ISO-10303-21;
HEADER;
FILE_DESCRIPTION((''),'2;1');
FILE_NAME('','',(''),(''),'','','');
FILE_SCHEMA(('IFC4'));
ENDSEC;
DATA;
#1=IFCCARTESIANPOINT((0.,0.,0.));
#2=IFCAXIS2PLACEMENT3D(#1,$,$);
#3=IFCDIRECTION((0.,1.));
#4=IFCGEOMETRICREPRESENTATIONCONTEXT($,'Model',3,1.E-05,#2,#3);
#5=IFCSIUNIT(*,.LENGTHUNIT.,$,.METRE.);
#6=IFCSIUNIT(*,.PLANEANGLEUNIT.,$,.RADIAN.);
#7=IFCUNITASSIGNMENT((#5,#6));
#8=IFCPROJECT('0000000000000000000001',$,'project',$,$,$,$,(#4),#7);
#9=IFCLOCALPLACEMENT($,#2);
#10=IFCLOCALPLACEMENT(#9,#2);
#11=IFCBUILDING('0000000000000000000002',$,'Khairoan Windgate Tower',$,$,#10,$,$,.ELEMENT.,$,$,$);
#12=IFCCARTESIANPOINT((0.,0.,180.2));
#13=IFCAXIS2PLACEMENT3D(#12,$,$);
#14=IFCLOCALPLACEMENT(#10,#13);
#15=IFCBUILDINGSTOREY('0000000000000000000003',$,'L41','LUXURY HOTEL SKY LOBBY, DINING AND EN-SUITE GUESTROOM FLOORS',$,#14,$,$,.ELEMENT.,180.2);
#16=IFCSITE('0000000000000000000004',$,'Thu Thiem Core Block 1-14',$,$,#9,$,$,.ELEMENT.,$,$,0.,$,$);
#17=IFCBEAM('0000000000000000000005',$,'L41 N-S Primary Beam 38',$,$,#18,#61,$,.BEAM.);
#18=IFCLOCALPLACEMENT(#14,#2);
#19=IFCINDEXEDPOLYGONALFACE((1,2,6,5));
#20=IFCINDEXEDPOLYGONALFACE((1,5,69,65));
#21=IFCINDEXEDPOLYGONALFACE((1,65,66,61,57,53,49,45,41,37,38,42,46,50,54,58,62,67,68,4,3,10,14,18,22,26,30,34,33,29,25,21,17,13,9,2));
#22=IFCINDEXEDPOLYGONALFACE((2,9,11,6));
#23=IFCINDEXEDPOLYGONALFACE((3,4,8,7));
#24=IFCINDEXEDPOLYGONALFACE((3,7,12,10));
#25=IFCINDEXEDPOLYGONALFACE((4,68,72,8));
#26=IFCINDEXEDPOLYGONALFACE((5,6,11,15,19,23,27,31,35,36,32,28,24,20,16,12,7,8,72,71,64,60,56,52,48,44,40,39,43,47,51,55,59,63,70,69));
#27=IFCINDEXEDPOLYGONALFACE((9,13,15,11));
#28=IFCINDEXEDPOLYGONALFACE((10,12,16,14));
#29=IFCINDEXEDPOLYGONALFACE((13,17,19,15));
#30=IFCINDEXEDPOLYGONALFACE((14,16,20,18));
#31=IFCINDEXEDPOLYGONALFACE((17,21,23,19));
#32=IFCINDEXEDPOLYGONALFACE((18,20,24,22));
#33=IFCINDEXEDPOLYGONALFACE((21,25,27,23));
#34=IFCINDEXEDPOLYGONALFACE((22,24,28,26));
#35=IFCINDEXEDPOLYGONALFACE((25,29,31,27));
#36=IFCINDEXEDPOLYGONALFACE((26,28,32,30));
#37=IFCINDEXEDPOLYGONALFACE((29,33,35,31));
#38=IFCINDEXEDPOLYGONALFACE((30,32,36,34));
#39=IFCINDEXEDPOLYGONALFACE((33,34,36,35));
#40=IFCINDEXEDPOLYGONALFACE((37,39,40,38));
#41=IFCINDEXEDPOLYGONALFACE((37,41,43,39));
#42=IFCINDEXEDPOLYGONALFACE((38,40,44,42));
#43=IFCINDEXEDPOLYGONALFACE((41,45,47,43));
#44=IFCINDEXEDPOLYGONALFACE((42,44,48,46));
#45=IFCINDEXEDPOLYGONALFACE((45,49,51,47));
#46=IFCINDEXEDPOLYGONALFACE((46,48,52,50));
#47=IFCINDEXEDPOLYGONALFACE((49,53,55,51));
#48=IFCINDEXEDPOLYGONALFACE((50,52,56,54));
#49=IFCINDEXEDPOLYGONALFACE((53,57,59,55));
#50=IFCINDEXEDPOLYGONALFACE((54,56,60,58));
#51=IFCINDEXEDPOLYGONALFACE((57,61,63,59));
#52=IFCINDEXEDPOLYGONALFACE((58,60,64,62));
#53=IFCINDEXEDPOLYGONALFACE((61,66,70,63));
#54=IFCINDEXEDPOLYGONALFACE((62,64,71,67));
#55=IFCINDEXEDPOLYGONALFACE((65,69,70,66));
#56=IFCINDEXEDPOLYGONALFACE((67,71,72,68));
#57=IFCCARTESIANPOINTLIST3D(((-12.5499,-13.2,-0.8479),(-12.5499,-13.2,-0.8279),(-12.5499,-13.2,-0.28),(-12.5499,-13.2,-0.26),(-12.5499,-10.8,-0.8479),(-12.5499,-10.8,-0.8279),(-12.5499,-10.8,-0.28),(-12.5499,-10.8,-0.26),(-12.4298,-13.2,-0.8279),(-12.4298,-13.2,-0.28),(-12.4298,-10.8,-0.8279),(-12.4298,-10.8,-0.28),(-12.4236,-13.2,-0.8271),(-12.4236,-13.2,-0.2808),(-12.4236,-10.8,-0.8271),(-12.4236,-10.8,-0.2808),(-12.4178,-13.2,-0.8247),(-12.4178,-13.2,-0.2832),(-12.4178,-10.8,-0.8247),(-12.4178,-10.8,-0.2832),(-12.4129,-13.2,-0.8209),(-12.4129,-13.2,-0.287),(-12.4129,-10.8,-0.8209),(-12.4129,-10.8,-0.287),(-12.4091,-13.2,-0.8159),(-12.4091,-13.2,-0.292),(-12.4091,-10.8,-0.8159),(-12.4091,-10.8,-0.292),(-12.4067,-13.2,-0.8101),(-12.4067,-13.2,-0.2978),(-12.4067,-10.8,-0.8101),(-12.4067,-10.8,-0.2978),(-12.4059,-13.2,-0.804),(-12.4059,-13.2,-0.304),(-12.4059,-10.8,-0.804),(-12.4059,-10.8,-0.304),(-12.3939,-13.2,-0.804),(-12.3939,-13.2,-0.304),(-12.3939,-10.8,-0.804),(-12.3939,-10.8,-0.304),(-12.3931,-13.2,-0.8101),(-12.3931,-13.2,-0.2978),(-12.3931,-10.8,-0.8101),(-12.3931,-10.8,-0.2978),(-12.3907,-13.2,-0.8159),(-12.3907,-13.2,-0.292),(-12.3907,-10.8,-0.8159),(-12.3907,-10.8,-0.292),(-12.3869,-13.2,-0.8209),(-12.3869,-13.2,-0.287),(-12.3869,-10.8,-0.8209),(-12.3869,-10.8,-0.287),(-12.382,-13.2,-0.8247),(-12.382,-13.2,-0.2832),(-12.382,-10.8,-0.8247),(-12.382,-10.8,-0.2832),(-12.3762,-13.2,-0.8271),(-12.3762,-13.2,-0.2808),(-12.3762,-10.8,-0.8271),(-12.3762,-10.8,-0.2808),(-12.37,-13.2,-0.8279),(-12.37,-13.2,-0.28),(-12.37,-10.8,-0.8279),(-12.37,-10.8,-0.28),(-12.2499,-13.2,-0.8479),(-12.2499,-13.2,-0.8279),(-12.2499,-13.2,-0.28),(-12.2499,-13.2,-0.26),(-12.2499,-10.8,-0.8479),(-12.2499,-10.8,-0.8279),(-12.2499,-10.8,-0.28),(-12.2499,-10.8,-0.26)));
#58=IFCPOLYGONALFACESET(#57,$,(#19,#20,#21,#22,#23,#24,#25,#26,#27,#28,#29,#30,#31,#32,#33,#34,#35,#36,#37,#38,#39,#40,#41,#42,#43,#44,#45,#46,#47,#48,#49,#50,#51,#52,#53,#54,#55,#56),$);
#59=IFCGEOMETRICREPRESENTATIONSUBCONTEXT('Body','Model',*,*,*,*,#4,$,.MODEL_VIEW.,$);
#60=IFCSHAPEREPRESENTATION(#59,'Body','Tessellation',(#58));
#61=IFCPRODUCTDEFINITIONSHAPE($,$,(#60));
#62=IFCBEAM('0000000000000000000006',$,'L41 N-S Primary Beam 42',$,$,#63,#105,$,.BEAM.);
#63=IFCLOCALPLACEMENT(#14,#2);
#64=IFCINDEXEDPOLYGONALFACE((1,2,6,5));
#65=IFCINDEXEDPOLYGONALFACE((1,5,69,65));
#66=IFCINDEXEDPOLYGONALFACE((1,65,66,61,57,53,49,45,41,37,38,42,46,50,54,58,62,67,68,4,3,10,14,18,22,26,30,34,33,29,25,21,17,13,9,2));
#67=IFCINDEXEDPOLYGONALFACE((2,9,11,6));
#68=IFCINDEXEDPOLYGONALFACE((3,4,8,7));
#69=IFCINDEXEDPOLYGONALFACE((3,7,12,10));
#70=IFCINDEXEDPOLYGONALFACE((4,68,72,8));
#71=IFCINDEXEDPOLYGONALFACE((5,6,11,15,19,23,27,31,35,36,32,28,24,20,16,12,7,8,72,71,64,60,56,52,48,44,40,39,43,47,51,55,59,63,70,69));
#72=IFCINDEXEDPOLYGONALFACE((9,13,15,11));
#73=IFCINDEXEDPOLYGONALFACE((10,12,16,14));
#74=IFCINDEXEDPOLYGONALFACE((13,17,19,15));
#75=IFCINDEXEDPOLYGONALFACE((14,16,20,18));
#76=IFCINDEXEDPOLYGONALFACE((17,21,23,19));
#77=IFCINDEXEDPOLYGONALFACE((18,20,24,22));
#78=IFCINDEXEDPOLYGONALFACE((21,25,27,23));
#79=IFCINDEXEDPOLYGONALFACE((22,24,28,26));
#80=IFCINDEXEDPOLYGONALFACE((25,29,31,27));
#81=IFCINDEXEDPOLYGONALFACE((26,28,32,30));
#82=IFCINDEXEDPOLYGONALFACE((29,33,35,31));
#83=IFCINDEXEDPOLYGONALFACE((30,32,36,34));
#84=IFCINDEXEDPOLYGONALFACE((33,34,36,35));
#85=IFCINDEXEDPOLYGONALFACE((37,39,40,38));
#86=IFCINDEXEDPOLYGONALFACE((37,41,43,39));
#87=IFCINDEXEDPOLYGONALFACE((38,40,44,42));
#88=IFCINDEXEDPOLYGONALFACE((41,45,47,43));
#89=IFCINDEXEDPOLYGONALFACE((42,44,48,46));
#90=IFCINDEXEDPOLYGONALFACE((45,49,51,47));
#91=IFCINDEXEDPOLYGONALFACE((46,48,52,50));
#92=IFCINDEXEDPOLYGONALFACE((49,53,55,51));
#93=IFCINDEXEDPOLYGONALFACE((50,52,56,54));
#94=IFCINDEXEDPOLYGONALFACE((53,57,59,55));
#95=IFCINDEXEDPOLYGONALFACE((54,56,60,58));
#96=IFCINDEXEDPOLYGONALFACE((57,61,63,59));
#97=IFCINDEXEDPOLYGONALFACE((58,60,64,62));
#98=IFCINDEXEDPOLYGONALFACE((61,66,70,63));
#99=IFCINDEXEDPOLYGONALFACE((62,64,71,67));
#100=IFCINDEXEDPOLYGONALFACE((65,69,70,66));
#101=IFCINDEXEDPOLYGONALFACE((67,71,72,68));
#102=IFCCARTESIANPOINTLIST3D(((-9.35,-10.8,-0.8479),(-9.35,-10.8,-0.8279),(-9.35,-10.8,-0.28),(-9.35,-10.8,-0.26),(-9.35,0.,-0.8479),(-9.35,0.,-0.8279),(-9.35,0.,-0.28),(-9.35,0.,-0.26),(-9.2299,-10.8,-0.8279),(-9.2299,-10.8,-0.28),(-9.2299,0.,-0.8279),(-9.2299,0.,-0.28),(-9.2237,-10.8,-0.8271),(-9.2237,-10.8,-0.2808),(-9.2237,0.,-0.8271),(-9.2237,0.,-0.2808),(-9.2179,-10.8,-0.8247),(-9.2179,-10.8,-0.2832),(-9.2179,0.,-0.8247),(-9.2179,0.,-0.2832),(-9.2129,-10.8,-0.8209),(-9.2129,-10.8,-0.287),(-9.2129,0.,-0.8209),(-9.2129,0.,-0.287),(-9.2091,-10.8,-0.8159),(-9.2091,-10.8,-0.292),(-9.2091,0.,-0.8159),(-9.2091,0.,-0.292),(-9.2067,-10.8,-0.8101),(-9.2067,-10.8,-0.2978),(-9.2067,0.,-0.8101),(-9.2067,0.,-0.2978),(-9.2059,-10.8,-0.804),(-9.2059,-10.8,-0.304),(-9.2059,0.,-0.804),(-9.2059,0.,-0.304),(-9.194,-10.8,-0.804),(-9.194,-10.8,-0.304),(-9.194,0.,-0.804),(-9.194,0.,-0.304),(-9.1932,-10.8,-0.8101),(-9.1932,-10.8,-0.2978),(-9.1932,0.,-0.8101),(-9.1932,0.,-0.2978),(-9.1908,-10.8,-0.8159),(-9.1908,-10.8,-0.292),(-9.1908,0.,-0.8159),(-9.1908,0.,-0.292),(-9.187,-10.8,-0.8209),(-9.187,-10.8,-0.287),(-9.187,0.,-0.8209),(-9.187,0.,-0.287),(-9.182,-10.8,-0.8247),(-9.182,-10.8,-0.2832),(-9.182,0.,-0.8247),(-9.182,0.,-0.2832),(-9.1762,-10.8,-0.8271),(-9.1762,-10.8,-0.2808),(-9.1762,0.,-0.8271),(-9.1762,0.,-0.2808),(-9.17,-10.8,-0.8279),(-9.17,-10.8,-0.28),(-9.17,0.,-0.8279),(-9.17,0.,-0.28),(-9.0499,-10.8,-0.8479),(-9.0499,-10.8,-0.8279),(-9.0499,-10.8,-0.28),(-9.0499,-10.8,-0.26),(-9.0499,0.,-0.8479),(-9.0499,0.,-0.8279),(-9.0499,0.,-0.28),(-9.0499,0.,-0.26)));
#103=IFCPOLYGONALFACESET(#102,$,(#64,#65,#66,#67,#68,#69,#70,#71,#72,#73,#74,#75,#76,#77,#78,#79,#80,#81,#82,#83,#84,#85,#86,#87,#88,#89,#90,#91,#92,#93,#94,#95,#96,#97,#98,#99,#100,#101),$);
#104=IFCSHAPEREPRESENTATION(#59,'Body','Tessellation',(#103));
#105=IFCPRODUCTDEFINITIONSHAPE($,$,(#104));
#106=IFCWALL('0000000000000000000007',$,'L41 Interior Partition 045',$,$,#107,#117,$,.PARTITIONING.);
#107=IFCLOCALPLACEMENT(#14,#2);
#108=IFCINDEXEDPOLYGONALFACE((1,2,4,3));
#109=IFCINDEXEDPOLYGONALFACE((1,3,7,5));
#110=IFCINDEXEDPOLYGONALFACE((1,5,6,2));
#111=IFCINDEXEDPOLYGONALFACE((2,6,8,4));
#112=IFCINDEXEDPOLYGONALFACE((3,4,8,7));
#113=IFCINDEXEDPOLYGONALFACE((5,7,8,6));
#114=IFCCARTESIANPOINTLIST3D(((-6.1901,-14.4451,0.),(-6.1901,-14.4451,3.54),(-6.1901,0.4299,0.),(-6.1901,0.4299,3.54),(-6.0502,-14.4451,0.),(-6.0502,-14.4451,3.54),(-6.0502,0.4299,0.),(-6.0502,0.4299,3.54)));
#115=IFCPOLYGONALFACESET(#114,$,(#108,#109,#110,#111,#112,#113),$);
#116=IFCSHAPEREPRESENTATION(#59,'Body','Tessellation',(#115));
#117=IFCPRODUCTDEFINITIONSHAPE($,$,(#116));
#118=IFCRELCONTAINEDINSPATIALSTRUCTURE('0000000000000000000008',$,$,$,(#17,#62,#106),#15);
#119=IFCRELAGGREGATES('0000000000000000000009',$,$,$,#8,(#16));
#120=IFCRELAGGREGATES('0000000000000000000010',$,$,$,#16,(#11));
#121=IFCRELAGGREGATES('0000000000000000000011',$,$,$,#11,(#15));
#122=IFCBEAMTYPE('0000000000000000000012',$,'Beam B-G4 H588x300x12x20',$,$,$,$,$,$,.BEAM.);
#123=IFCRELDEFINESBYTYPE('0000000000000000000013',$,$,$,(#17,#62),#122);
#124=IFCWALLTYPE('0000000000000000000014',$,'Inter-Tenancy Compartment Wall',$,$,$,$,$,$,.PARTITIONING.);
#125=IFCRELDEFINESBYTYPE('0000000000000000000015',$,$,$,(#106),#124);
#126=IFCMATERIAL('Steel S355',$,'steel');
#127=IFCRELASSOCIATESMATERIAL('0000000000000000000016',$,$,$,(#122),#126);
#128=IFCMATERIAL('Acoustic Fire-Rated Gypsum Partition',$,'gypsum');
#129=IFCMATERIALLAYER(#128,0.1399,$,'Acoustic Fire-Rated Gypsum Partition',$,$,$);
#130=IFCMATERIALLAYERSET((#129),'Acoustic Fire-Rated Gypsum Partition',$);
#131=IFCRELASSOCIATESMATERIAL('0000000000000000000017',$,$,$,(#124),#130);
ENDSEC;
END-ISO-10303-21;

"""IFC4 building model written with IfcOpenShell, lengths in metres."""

from ifc_helpers import new_model, si_unit, direction, frame, frame_2d, origin, origin_2d, place, context, subcontext, project, spatial, rectangle, i_section, extrude, material, layer, layer_set, material_profile, profile_set, type_object, element, save


model = new_model("IFC4")

# Units and contexts
model_context = context("Model", 3, precision=1e-05, world=origin(), true_north=direction((0.0, 1.0)))
body_context = subcontext(model_context, "Body", "Model", "MODEL_VIEW")
ifc_project = project(units=[si_unit("LENGTHUNIT", "METRE"), si_unit("PLANEANGLEUNIT", "RADIAN")], contexts=[model_context])

# Site, building, storey
site_placement = place(None, origin())
site = spatial("IfcSite", under=ifc_project, at=site_placement, Name="Thu Thiem Core Block 1-14", CompositionType="ELEMENT", RefElevation=0.0)
building_placement = place(site_placement, origin())
building = spatial("IfcBuilding", under=site, at=building_placement, Name="Khairoan Windgate Tower", CompositionType="ELEMENT")
storey_placement = place(building_placement, frame((0.0, 0.0, 180.2)))
storey = spatial("IfcBuildingStorey", under=building, at=storey_placement, Name="L41", Description="LUXURY HOTEL SKY LOBBY, DINING AND EN-SUITE GUESTROOM FLOORS", CompositionType="ELEMENT", Elevation=180.2)

# Beams
ifc_material_1 = material(Name="Steel S355", Category="steel")
ifc_material_profile_1 = material_profile(ifc_material_1, i_section(OverallWidth=0.3, OverallDepth=0.5879, WebThickness=0.012, FlangeThickness=0.02, FilletRadius=0.0239, at=origin_2d()))
ifc_profile_set_1 = profile_set([ifc_material_profile_1], Name="Steel S355")
beam_type = type_object("IfcBeamType", Name="Beam B-G4 H588x300x12x20", PredefinedType="BEAM", material=ifc_profile_set_1)
beam_1_placement = place(storey_placement, frame((-12.3999, -13.2, -0.554), z_axis=(0.0, 1.0, 0.0), x_axis=(-1.0, 0.0, 0.0)))
element("IfcBeam", 1, at=beam_1_placement, inside=storey, type_object=beam_type, Name="L41 N-S Primary Beam 38", PredefinedType="BEAM", context=body_context, shape_type="SweptSolid", body=[
    extrude(i_section(OverallWidth=0.3, OverallDepth=0.5879, WebThickness=0.012, FlangeThickness=0.02, FilletRadius=0.0239, at=origin_2d()), origin(), (0.0, 0.0, 1.0), 2.3999),
])
beam_2_placement = place(storey_placement, frame((-9.2, -10.8, -0.554), z_axis=(0.0, 1.0, 0.0), x_axis=(-1.0, 0.0, 0.0)))
element("IfcBeam", 2, at=beam_2_placement, inside=storey, type_object=beam_type, Name="L41 N-S Primary Beam 42", PredefinedType="BEAM", context=body_context, shape_type="SweptSolid", body=[
    extrude(i_section(OverallWidth=0.3, OverallDepth=0.5879, WebThickness=0.012, FlangeThickness=0.02, FilletRadius=0.0239, at=origin_2d()), origin(), (0.0, 0.0, 1.0), 10.8),
])

# Wall
ifc_material_2 = material(Name="Acoustic Fire-Rated Gypsum Partition", Category="gypsum")
ifc_layer_1 = layer(ifc_material_2, 0.1399, Name="Acoustic Fire-Rated Gypsum Partition")
ifc_layer_set_1 = layer_set([ifc_layer_1], Name="Acoustic Fire-Rated Gypsum Partition")
wall_type_1 = type_object("IfcWallType", Name="Inter-Tenancy Compartment Wall", PredefinedType="PARTITIONING", material=ifc_layer_set_1)
wall_1_placement = place(storey_placement, frame((-6.1201, -14.4451, 0.0), z_axis=(0.0, 0.0, 1.0), x_axis=(0.0, 1.0, 0.0)))
element("IfcWall", 3, at=wall_1_placement, inside=storey, type_object=wall_type_1, Name="L41 Interior Partition 045", PredefinedType="PARTITIONING", context=body_context, shape_type="SweptSolid", body=[
    extrude(rectangle(XDim=14.875, YDim=0.1399, at=frame_2d((7.4375, 0.0))), origin(), (0.0, 0.0, 1.0), 3.54),
])

save(model, "model.ifc")
